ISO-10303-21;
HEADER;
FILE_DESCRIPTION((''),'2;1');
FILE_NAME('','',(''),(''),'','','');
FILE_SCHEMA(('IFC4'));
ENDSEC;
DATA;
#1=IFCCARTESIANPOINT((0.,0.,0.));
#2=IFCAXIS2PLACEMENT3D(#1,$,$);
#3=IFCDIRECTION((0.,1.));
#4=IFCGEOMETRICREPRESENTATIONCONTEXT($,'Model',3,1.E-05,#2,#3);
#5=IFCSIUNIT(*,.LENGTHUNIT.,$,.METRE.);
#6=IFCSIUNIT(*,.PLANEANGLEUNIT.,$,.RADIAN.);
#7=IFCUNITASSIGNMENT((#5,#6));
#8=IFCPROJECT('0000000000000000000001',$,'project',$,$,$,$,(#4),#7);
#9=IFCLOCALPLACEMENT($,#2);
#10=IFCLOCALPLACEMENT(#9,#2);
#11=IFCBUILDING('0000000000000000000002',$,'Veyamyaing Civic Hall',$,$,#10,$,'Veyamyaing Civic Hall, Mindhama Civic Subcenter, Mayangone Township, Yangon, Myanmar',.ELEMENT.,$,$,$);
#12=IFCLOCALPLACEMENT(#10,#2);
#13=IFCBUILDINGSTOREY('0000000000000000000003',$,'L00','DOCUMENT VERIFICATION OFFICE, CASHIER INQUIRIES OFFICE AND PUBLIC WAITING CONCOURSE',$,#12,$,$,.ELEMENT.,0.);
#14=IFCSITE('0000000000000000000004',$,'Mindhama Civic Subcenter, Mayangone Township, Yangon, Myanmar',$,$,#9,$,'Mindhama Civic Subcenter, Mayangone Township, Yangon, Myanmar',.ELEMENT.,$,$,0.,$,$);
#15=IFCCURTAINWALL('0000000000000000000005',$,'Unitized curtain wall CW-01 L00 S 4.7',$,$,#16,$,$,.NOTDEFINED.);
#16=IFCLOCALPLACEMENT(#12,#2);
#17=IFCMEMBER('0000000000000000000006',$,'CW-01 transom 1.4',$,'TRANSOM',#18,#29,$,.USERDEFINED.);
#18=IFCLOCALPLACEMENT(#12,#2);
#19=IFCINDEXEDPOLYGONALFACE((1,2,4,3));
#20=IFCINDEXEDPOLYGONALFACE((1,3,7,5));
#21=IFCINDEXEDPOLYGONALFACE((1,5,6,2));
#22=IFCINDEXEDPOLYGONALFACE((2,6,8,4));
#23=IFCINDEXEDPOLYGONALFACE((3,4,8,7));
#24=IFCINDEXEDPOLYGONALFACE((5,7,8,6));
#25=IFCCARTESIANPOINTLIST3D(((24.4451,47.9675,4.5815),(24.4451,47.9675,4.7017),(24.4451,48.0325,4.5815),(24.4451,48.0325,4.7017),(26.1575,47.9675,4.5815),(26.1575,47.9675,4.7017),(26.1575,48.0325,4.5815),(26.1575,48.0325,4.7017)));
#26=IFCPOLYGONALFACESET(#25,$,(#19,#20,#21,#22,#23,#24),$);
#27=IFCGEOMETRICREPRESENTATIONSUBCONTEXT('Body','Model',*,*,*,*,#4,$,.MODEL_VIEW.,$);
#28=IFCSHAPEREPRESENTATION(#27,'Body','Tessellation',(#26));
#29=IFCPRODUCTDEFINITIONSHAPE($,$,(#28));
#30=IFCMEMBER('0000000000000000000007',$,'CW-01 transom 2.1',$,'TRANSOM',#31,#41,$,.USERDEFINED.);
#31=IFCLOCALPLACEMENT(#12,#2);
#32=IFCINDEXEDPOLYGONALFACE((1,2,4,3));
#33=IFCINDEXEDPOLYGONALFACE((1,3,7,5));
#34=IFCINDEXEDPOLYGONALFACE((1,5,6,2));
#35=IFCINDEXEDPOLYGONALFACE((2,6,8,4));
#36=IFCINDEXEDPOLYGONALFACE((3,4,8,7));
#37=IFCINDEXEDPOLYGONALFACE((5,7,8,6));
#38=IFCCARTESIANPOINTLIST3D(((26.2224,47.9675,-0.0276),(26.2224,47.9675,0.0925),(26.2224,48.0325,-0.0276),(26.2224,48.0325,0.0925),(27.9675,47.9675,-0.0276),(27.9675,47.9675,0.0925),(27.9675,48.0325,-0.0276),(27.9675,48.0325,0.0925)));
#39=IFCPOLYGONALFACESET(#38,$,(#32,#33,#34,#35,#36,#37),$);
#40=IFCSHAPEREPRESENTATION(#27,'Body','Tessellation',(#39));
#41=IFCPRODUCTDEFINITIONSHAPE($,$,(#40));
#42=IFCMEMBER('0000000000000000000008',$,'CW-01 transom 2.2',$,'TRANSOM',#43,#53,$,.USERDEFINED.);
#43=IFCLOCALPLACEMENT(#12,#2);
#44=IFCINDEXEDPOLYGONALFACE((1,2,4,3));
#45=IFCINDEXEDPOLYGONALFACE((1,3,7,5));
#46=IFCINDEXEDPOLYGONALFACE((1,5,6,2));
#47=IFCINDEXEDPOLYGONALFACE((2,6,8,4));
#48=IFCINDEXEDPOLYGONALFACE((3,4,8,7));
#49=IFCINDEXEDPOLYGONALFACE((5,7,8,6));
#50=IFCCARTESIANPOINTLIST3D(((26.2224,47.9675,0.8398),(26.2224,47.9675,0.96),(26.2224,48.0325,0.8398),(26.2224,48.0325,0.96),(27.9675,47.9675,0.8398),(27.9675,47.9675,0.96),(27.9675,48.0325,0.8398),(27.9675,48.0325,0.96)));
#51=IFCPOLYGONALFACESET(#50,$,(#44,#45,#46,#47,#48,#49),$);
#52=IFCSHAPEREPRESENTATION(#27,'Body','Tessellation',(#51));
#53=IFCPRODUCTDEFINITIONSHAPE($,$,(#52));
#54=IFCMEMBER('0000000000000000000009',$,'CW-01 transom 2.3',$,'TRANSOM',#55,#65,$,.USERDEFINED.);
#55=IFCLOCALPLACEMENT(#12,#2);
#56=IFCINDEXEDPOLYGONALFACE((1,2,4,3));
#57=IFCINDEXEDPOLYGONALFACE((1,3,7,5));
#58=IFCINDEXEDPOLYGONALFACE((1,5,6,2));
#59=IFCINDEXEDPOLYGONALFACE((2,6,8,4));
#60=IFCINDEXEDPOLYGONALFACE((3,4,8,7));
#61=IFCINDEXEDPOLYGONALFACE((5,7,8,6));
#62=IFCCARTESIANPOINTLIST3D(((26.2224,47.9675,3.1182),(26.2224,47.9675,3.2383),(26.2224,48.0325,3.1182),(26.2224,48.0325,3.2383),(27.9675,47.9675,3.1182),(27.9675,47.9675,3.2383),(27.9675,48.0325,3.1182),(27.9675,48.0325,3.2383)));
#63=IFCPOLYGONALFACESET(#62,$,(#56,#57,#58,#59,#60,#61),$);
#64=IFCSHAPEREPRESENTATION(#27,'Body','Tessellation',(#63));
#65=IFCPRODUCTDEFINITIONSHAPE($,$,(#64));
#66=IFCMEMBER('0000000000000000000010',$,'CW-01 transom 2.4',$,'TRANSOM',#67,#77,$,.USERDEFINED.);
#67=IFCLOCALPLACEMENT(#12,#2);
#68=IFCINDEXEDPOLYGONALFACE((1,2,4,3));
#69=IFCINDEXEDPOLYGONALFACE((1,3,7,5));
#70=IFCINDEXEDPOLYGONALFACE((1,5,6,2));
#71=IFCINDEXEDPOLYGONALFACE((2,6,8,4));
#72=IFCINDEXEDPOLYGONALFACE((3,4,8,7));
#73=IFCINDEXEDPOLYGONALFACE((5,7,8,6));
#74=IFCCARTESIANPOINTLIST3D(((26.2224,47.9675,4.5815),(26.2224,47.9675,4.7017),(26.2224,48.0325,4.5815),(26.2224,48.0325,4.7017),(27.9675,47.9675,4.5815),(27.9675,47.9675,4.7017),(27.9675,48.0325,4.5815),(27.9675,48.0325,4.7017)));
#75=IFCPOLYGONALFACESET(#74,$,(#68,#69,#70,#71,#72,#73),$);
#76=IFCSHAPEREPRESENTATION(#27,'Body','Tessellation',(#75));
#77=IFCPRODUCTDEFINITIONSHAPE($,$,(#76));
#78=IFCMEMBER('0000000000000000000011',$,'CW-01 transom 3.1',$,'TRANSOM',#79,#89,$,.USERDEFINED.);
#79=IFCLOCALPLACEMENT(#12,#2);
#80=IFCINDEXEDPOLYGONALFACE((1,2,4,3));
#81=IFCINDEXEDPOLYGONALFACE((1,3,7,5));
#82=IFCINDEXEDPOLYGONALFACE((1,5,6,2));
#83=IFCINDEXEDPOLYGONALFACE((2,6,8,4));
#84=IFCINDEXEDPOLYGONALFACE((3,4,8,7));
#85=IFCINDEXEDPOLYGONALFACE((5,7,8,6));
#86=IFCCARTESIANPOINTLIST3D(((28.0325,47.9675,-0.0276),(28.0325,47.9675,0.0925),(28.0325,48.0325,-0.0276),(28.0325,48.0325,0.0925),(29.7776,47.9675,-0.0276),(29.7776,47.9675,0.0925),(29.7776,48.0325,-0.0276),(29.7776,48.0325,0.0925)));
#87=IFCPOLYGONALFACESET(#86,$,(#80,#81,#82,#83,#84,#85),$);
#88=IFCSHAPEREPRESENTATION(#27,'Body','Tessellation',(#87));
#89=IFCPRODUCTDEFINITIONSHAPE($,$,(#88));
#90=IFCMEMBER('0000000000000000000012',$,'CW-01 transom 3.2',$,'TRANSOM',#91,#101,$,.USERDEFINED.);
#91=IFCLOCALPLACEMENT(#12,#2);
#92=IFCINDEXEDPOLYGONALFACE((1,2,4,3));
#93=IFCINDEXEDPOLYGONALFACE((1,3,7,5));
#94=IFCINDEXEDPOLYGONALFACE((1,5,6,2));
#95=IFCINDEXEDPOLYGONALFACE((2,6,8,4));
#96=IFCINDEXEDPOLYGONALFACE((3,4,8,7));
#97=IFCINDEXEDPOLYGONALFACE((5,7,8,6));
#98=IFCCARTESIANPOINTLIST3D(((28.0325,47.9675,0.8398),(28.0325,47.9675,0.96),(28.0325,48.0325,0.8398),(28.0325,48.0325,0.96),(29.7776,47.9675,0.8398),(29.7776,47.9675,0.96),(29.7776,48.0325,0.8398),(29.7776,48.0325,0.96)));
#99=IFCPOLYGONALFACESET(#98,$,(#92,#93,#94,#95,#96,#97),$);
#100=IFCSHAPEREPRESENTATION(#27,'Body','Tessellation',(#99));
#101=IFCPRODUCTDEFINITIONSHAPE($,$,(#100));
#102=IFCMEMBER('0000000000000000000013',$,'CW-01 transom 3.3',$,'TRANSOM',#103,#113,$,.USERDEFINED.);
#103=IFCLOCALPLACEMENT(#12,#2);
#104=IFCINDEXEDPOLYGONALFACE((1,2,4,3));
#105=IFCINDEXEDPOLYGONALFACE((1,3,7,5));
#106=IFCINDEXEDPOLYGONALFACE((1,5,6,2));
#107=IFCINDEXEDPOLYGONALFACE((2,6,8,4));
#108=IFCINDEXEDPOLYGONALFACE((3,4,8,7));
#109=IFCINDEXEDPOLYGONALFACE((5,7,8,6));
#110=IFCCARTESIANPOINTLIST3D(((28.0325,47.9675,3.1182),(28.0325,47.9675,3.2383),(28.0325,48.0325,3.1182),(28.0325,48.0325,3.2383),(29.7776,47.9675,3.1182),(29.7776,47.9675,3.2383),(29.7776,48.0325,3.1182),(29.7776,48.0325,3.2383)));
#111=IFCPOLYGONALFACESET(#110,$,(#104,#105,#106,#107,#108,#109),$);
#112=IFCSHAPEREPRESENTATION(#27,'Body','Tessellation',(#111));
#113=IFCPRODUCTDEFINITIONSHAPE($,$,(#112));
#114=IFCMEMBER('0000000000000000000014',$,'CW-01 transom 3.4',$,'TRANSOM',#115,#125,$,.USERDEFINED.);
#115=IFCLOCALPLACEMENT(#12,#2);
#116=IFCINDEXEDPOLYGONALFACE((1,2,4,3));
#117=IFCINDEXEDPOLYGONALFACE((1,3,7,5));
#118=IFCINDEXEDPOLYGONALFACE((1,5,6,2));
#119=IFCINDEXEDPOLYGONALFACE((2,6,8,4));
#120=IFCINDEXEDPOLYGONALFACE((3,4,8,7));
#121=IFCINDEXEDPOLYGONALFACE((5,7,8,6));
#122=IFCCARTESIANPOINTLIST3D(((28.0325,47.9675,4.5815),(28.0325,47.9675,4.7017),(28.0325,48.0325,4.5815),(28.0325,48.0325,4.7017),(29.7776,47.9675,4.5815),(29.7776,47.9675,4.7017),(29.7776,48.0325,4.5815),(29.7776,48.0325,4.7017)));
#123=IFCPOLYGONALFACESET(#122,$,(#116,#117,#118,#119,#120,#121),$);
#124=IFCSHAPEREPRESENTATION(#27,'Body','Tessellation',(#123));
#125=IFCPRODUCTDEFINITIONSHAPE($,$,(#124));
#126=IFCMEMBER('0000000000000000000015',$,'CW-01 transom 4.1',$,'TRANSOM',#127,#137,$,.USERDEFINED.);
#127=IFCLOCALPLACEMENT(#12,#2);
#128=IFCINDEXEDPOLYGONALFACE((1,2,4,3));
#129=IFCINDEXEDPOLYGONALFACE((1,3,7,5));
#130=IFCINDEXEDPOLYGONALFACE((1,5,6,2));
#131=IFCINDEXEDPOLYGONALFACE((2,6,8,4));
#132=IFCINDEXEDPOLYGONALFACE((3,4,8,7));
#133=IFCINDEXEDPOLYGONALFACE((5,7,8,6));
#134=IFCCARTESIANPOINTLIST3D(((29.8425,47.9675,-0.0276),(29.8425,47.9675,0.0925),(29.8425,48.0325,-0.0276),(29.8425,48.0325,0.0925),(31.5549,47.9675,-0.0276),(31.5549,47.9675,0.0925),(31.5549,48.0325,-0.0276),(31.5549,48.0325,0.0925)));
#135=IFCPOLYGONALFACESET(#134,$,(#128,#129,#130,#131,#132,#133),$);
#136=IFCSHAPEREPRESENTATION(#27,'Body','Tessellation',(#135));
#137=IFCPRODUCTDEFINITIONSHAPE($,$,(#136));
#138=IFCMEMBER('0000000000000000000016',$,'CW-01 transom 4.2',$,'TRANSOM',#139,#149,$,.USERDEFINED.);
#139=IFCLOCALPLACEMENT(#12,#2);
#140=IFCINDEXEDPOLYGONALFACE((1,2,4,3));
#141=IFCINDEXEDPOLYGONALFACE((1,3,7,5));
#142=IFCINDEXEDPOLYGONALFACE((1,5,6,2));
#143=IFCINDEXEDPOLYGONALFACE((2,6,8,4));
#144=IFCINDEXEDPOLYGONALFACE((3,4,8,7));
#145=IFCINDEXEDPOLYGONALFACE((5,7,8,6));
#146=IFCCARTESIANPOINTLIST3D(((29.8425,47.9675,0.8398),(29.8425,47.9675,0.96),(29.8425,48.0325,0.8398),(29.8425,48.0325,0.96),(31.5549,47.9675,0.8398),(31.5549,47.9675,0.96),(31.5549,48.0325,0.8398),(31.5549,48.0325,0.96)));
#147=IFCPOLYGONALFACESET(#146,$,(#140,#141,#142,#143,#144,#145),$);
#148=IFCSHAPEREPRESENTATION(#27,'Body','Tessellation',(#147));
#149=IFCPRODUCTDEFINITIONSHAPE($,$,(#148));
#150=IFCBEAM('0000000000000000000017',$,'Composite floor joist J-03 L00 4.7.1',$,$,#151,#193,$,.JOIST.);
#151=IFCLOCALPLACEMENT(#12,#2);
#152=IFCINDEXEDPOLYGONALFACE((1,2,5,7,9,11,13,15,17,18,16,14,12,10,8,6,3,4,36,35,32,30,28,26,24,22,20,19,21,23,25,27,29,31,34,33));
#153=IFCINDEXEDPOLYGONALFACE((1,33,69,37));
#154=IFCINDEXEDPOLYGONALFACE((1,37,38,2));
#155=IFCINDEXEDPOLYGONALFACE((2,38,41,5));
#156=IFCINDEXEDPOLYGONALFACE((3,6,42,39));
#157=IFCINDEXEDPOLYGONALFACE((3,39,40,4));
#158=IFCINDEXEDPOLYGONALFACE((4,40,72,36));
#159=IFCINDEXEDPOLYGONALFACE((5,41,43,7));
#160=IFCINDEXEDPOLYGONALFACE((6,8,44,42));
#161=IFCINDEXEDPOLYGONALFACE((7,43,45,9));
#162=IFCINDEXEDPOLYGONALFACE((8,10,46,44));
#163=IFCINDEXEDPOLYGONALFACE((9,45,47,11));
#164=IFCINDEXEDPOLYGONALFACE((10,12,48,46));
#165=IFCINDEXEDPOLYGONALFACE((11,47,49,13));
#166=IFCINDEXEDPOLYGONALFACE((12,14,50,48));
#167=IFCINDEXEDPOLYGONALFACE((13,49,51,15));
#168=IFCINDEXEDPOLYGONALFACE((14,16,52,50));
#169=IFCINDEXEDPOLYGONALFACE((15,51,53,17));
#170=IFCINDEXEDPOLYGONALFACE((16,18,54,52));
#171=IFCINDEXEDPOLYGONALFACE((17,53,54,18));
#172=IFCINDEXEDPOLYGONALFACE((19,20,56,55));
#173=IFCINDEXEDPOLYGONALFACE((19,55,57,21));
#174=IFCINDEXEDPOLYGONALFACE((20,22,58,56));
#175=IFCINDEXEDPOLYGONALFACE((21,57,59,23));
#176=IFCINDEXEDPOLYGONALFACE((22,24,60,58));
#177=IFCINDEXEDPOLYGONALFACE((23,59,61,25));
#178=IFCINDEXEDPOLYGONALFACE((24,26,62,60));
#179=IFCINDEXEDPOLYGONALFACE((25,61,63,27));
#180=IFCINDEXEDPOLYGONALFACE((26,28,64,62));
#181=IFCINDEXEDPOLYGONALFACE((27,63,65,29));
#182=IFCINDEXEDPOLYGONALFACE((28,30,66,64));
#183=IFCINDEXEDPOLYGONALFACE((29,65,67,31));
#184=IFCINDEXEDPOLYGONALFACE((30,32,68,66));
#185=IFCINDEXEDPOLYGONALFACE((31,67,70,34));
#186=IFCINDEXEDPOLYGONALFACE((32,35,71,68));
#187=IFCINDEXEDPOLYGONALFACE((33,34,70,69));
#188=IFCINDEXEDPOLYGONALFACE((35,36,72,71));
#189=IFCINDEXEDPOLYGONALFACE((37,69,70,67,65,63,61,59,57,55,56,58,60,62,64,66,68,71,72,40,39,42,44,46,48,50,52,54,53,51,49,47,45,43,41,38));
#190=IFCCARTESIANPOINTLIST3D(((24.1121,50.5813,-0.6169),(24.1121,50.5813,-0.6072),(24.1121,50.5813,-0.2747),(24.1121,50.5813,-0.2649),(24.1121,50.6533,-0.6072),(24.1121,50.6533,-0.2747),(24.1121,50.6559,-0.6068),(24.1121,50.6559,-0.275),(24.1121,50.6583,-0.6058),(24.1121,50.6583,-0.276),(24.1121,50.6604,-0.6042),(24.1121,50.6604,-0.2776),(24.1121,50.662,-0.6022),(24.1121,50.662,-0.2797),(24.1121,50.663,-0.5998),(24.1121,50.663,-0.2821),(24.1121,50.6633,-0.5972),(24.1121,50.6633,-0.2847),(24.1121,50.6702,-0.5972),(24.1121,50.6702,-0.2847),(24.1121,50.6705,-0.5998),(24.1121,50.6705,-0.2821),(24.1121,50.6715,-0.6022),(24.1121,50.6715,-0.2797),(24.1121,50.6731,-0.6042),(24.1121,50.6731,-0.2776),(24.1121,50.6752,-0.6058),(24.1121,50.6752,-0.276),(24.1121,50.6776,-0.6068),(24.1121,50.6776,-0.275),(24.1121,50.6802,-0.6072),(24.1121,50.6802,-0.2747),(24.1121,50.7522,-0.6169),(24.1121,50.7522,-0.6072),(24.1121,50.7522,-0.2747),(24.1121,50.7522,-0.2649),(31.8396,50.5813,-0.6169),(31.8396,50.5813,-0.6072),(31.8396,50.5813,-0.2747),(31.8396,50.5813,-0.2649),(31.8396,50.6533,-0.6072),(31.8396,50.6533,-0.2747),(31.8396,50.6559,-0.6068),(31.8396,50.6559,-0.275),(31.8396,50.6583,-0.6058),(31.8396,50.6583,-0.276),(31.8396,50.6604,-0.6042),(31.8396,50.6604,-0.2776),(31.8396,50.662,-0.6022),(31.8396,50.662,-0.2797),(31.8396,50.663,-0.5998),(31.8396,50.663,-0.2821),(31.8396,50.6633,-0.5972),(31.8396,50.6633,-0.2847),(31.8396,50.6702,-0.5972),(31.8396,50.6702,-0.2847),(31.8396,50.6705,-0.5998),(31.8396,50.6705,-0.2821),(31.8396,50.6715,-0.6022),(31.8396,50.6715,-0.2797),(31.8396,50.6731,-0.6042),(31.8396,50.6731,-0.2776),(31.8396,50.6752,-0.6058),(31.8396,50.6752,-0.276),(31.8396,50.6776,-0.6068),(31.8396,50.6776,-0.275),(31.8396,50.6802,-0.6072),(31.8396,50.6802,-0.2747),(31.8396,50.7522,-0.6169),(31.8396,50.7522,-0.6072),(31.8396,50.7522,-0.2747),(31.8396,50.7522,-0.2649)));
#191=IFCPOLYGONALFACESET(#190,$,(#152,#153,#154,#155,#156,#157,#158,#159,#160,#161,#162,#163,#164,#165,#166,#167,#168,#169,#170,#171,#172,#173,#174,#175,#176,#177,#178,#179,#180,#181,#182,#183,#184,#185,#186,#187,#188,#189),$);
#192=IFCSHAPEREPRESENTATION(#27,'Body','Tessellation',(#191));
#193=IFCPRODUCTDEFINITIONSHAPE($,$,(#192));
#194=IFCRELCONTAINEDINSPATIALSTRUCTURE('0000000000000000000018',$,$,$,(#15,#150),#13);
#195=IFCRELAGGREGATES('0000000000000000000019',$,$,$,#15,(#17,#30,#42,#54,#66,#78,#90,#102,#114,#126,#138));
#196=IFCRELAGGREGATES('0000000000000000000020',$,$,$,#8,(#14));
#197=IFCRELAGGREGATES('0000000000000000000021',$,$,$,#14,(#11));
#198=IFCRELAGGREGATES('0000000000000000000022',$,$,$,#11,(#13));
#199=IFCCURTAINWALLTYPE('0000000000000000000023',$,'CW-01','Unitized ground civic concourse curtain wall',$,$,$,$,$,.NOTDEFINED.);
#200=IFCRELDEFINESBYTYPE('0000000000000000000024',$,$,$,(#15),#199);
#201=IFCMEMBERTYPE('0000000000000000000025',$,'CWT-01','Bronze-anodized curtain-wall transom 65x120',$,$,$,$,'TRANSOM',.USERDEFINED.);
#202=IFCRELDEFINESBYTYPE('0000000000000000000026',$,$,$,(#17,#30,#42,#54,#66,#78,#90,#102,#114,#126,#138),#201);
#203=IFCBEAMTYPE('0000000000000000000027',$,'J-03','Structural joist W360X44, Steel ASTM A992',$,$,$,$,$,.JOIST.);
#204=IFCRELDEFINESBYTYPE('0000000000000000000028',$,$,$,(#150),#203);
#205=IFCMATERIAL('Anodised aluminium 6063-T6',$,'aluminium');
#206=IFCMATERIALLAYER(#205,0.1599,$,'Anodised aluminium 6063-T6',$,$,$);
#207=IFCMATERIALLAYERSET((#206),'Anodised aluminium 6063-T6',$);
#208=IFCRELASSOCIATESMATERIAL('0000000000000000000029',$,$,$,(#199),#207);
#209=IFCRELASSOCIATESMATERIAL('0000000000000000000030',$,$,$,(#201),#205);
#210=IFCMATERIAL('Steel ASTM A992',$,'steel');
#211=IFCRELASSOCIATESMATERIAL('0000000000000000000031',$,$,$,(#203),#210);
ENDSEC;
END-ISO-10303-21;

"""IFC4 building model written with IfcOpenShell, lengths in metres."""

from ifc_helpers import new_model, si_unit, direction, frame, origin, origin_2d, place, context, subcontext, project, spatial, rectangle, i_section, extrude, material, layer, layer_set, material_profile, profile_set, type_object, element, aggregate, save


model = new_model("IFC4")

# Units and contexts
model_context = context("Model", 3, precision=1e-05, world=origin(), true_north=direction((0.0, 1.0)))
body_context = subcontext(model_context, "Body", "Model", "MODEL_VIEW")
ifc_project = project(units=[si_unit("LENGTHUNIT", "METRE"), si_unit("PLANEANGLEUNIT", "RADIAN")], contexts=[model_context])

# Site, building, storey
site_placement = place(None, origin())
site = spatial("IfcSite", under=ifc_project, at=site_placement, Name="Mindhama Civic Subcenter, Mayangone Township, Yangon, Myanmar", LongName="Mindhama Civic Subcenter, Mayangone Township, Yangon, Myanmar", CompositionType="ELEMENT", RefElevation=0.0)
building_placement = place(site_placement, origin())
building = spatial("IfcBuilding", under=site, at=building_placement, Name="Veyamyaing Civic Hall", LongName="Veyamyaing Civic Hall, Mindhama Civic Subcenter, Mayangone Township, Yangon, Myanmar", CompositionType="ELEMENT")
storey_placement = place(building_placement, origin())
storey = spatial("IfcBuildingStorey", under=building, at=storey_placement, Name="L00", Description="DOCUMENT VERIFICATION OFFICE, CASHIER INQUIRIES OFFICE AND PUBLIC WAITING CONCOURSE", CompositionType="ELEMENT", Elevation=0.0)

# Shared definitions
ifc_material_1 = material(Name="Steel ASTM A992", Category="steel")

# Curtain wall, members
ifc_material_2 = material(Name="Anodised aluminium 6063-T6", Category="aluminium")
ifc_layer_1 = layer(ifc_material_2, 0.1599, Name="Anodised aluminium 6063-T6")
ifc_layer_set_1 = layer_set([ifc_layer_1], Name="Anodised aluminium 6063-T6")
curtain_wall_type = type_object("IfcCurtainWallType", Name="CW-01", Description="Unitized ground civic concourse curtain wall", PredefinedType="NOTDEFINED", material=ifc_layer_set_1)
curtain_wall_placement = place(storey_placement, origin())
curtain_wall = element("IfcCurtainWall", 1, at=curtain_wall_placement, inside=storey, type_object=curtain_wall_type, Name="Unitized curtain wall CW-01 L00 S 4.7", PredefinedType="NOTDEFINED")
ifc_material_profile_1 = material_profile(ifc_material_2, rectangle(XDim=0.0649, YDim=0.1201, at=origin_2d()), Name="ALU-TRN-65X120")
ifc_profile_set_1 = profile_set([ifc_material_profile_1], Name="Anodised aluminium 6063-T6")
member_type_1 = type_object("IfcMemberType", Name="CWT-01", Description="Bronze-anodized curtain-wall transom 65x120", ElementType="TRANSOM", PredefinedType="USERDEFINED", material=ifc_profile_set_1)
member_1_placement = place(storey_placement, frame((24.4451, 48.0, 4.6416), z_axis=(1.0, 0.0, 0.0), x_axis=(0.0, 1.0, 0.0)))
member_1 = element("IfcMember", 2, at=member_1_placement, type_object=member_type_1, Name="CW-01 transom 1.4", ObjectType="TRANSOM", PredefinedType="USERDEFINED", context=body_context, shape_type="SweptSolid", body=[
    extrude(rectangle(XDim=0.0649, YDim=0.1201, at=origin_2d()), origin(), (0.0, 0.0, 1.0), 1.7124),
])
member_2_placement = place(storey_placement, frame((26.2224, 48.0, 0.0325), z_axis=(1.0, 0.0, 0.0), x_axis=(0.0, 1.0, 0.0)))
member_2 = element("IfcMember", 3, at=member_2_placement, type_object=member_type_1, Name="CW-01 transom 2.1", ObjectType="TRANSOM", PredefinedType="USERDEFINED", context=body_context, shape_type="SweptSolid", body=[
    extrude(rectangle(XDim=0.0649, YDim=0.1201, at=origin_2d()), origin(), (0.0, 0.0, 1.0), 1.7451),
])
member_3_placement = place(storey_placement, frame((26.2224, 48.0, 0.8999), z_axis=(1.0, 0.0, 0.0), x_axis=(0.0, 1.0, 0.0)))
member_3 = element("IfcMember", 4, at=member_3_placement, type_object=member_type_1, Name="CW-01 transom 2.2", ObjectType="TRANSOM", PredefinedType="USERDEFINED", context=body_context, shape_type="SweptSolid", body=[
    extrude(rectangle(XDim=0.0649, YDim=0.1201, at=origin_2d()), origin(), (0.0, 0.0, 1.0), 1.7451),
])
member_4_placement = place(storey_placement, frame((26.2224, 48.0, 3.1782), z_axis=(1.0, 0.0, 0.0), x_axis=(0.0, 1.0, 0.0)))
member_4 = element("IfcMember", 5, at=member_4_placement, type_object=member_type_1, Name="CW-01 transom 2.3", ObjectType="TRANSOM", PredefinedType="USERDEFINED", context=body_context, shape_type="SweptSolid", body=[
    extrude(rectangle(XDim=0.0649, YDim=0.1201, at=origin_2d()), origin(), (0.0, 0.0, 1.0), 1.7451),
])
member_5_placement = place(storey_placement, frame((26.2224, 48.0, 4.6416), z_axis=(1.0, 0.0, 0.0), x_axis=(0.0, 1.0, 0.0)))
member_5 = element("IfcMember", 6, at=member_5_placement, type_object=member_type_1, Name="CW-01 transom 2.4", ObjectType="TRANSOM", PredefinedType="USERDEFINED", context=body_context, shape_type="SweptSolid", body=[
    extrude(rectangle(XDim=0.0649, YDim=0.1201, at=origin_2d()), origin(), (0.0, 0.0, 1.0), 1.7451),
])
member_6_placement = place(storey_placement, frame((28.0325, 48.0, 0.0325), z_axis=(1.0, 0.0, 0.0), x_axis=(0.0, 1.0, 0.0)))
member_6 = element("IfcMember", 7, at=member_6_placement, type_object=member_type_1, Name="CW-01 transom 3.1", ObjectType="TRANSOM", PredefinedType="USERDEFINED", context=body_context, shape_type="SweptSolid", body=[
    extrude(rectangle(XDim=0.0649, YDim=0.1201, at=origin_2d()), origin(), (0.0, 0.0, 1.0), 1.7451),
])
member_7_placement = place(storey_placement, frame((28.0325, 48.0, 0.8999), z_axis=(1.0, 0.0, 0.0), x_axis=(0.0, 1.0, 0.0)))
member_7 = element("IfcMember", 8, at=member_7_placement, type_object=member_type_1, Name="CW-01 transom 3.2", ObjectType="TRANSOM", PredefinedType="USERDEFINED", context=body_context, shape_type="SweptSolid", body=[
    extrude(rectangle(XDim=0.0649, YDim=0.1201, at=origin_2d()), origin(), (0.0, 0.0, 1.0), 1.7451),
])
member_8_placement = place(storey_placement, frame((28.0325, 48.0, 3.1782), z_axis=(1.0, 0.0, 0.0), x_axis=(0.0, 1.0, 0.0)))
member_8 = element("IfcMember", 9, at=member_8_placement, type_object=member_type_1, Name="CW-01 transom 3.3", ObjectType="TRANSOM", PredefinedType="USERDEFINED", context=body_context, shape_type="SweptSolid", body=[
    extrude(rectangle(XDim=0.0649, YDim=0.1201, at=origin_2d()), origin(), (0.0, 0.0, 1.0), 1.7451),
])
member_9_placement = place(storey_placement, frame((28.0325, 48.0, 4.6416), z_axis=(1.0, 0.0, 0.0), x_axis=(0.0, 1.0, 0.0)))
member_9 = element("IfcMember", 10, at=member_9_placement, type_object=member_type_1, Name="CW-01 transom 3.4", ObjectType="TRANSOM", PredefinedType="USERDEFINED", context=body_context, shape_type="SweptSolid", body=[
    extrude(rectangle(XDim=0.0649, YDim=0.1201, at=origin_2d()), origin(), (0.0, 0.0, 1.0), 1.7451),
])
member_10_placement = place(storey_placement, frame((29.8425, 48.0, 0.0325), z_axis=(1.0, 0.0, 0.0), x_axis=(0.0, 1.0, 0.0)))
member_10 = element("IfcMember", 11, at=member_10_placement, type_object=member_type_1, Name="CW-01 transom 4.1", ObjectType="TRANSOM", PredefinedType="USERDEFINED", context=body_context, shape_type="SweptSolid", body=[
    extrude(rectangle(XDim=0.0649, YDim=0.1201, at=origin_2d()), origin(), (0.0, 0.0, 1.0), 1.7124),
])
member_11_placement = place(storey_placement, frame((29.8425, 48.0, 0.8999), z_axis=(1.0, 0.0, 0.0), x_axis=(0.0, 1.0, 0.0)))
member_11 = element("IfcMember", 12, at=member_11_placement, type_object=member_type_1, Name="CW-01 transom 4.2", ObjectType="TRANSOM", PredefinedType="USERDEFINED", context=body_context, shape_type="SweptSolid", body=[
    extrude(rectangle(XDim=0.0649, YDim=0.1201, at=origin_2d()), origin(), (0.0, 0.0, 1.0), 1.7124),
])

# Beam
ifc_material_profile_2 = material_profile(ifc_material_1, i_section(OverallWidth=0.1709, OverallDepth=0.3521, WebThickness=0.0068, FlangeThickness=0.0098, FilletRadius=0.01, at=origin_2d()), Name="W360X44")
ifc_profile_set_2 = profile_set([ifc_material_profile_2], Name="Steel ASTM A992")
beam_type_1 = type_object("IfcBeamType", Name="J-03", Description="Structural joist W360X44, Steel ASTM A992", PredefinedType="JOIST", material=ifc_profile_set_2)
for number, where, z_axis, x_axis, name in (
    (13, (24.1121, 50.6667, -0.4409), (1.0, 0.0, 0.0), (0.0, 1.0, 0.0), "Composite floor joist J-03 L00 4.7.1"),
):
    element("IfcBeam", number, at=place(storey_placement, frame(where, z_axis=z_axis, x_axis=x_axis)), inside=storey, type_object=beam_type_1, Name=name, PredefinedType="JOIST", context=body_context, shape_type="SweptSolid", body=[
        extrude(i_section(OverallWidth=0.1709, OverallDepth=0.3521, WebThickness=0.0068, FlangeThickness=0.0098, FilletRadius=0.01, at=origin_2d()), origin(), (0.0, 0.0, 1.0), 7.7275),
    ])

aggregate(curtain_wall, [member_1, member_2, member_3, member_4, member_5, member_6, member_7, member_8, member_9, member_10, member_11])

save(model, "model.ifc")
